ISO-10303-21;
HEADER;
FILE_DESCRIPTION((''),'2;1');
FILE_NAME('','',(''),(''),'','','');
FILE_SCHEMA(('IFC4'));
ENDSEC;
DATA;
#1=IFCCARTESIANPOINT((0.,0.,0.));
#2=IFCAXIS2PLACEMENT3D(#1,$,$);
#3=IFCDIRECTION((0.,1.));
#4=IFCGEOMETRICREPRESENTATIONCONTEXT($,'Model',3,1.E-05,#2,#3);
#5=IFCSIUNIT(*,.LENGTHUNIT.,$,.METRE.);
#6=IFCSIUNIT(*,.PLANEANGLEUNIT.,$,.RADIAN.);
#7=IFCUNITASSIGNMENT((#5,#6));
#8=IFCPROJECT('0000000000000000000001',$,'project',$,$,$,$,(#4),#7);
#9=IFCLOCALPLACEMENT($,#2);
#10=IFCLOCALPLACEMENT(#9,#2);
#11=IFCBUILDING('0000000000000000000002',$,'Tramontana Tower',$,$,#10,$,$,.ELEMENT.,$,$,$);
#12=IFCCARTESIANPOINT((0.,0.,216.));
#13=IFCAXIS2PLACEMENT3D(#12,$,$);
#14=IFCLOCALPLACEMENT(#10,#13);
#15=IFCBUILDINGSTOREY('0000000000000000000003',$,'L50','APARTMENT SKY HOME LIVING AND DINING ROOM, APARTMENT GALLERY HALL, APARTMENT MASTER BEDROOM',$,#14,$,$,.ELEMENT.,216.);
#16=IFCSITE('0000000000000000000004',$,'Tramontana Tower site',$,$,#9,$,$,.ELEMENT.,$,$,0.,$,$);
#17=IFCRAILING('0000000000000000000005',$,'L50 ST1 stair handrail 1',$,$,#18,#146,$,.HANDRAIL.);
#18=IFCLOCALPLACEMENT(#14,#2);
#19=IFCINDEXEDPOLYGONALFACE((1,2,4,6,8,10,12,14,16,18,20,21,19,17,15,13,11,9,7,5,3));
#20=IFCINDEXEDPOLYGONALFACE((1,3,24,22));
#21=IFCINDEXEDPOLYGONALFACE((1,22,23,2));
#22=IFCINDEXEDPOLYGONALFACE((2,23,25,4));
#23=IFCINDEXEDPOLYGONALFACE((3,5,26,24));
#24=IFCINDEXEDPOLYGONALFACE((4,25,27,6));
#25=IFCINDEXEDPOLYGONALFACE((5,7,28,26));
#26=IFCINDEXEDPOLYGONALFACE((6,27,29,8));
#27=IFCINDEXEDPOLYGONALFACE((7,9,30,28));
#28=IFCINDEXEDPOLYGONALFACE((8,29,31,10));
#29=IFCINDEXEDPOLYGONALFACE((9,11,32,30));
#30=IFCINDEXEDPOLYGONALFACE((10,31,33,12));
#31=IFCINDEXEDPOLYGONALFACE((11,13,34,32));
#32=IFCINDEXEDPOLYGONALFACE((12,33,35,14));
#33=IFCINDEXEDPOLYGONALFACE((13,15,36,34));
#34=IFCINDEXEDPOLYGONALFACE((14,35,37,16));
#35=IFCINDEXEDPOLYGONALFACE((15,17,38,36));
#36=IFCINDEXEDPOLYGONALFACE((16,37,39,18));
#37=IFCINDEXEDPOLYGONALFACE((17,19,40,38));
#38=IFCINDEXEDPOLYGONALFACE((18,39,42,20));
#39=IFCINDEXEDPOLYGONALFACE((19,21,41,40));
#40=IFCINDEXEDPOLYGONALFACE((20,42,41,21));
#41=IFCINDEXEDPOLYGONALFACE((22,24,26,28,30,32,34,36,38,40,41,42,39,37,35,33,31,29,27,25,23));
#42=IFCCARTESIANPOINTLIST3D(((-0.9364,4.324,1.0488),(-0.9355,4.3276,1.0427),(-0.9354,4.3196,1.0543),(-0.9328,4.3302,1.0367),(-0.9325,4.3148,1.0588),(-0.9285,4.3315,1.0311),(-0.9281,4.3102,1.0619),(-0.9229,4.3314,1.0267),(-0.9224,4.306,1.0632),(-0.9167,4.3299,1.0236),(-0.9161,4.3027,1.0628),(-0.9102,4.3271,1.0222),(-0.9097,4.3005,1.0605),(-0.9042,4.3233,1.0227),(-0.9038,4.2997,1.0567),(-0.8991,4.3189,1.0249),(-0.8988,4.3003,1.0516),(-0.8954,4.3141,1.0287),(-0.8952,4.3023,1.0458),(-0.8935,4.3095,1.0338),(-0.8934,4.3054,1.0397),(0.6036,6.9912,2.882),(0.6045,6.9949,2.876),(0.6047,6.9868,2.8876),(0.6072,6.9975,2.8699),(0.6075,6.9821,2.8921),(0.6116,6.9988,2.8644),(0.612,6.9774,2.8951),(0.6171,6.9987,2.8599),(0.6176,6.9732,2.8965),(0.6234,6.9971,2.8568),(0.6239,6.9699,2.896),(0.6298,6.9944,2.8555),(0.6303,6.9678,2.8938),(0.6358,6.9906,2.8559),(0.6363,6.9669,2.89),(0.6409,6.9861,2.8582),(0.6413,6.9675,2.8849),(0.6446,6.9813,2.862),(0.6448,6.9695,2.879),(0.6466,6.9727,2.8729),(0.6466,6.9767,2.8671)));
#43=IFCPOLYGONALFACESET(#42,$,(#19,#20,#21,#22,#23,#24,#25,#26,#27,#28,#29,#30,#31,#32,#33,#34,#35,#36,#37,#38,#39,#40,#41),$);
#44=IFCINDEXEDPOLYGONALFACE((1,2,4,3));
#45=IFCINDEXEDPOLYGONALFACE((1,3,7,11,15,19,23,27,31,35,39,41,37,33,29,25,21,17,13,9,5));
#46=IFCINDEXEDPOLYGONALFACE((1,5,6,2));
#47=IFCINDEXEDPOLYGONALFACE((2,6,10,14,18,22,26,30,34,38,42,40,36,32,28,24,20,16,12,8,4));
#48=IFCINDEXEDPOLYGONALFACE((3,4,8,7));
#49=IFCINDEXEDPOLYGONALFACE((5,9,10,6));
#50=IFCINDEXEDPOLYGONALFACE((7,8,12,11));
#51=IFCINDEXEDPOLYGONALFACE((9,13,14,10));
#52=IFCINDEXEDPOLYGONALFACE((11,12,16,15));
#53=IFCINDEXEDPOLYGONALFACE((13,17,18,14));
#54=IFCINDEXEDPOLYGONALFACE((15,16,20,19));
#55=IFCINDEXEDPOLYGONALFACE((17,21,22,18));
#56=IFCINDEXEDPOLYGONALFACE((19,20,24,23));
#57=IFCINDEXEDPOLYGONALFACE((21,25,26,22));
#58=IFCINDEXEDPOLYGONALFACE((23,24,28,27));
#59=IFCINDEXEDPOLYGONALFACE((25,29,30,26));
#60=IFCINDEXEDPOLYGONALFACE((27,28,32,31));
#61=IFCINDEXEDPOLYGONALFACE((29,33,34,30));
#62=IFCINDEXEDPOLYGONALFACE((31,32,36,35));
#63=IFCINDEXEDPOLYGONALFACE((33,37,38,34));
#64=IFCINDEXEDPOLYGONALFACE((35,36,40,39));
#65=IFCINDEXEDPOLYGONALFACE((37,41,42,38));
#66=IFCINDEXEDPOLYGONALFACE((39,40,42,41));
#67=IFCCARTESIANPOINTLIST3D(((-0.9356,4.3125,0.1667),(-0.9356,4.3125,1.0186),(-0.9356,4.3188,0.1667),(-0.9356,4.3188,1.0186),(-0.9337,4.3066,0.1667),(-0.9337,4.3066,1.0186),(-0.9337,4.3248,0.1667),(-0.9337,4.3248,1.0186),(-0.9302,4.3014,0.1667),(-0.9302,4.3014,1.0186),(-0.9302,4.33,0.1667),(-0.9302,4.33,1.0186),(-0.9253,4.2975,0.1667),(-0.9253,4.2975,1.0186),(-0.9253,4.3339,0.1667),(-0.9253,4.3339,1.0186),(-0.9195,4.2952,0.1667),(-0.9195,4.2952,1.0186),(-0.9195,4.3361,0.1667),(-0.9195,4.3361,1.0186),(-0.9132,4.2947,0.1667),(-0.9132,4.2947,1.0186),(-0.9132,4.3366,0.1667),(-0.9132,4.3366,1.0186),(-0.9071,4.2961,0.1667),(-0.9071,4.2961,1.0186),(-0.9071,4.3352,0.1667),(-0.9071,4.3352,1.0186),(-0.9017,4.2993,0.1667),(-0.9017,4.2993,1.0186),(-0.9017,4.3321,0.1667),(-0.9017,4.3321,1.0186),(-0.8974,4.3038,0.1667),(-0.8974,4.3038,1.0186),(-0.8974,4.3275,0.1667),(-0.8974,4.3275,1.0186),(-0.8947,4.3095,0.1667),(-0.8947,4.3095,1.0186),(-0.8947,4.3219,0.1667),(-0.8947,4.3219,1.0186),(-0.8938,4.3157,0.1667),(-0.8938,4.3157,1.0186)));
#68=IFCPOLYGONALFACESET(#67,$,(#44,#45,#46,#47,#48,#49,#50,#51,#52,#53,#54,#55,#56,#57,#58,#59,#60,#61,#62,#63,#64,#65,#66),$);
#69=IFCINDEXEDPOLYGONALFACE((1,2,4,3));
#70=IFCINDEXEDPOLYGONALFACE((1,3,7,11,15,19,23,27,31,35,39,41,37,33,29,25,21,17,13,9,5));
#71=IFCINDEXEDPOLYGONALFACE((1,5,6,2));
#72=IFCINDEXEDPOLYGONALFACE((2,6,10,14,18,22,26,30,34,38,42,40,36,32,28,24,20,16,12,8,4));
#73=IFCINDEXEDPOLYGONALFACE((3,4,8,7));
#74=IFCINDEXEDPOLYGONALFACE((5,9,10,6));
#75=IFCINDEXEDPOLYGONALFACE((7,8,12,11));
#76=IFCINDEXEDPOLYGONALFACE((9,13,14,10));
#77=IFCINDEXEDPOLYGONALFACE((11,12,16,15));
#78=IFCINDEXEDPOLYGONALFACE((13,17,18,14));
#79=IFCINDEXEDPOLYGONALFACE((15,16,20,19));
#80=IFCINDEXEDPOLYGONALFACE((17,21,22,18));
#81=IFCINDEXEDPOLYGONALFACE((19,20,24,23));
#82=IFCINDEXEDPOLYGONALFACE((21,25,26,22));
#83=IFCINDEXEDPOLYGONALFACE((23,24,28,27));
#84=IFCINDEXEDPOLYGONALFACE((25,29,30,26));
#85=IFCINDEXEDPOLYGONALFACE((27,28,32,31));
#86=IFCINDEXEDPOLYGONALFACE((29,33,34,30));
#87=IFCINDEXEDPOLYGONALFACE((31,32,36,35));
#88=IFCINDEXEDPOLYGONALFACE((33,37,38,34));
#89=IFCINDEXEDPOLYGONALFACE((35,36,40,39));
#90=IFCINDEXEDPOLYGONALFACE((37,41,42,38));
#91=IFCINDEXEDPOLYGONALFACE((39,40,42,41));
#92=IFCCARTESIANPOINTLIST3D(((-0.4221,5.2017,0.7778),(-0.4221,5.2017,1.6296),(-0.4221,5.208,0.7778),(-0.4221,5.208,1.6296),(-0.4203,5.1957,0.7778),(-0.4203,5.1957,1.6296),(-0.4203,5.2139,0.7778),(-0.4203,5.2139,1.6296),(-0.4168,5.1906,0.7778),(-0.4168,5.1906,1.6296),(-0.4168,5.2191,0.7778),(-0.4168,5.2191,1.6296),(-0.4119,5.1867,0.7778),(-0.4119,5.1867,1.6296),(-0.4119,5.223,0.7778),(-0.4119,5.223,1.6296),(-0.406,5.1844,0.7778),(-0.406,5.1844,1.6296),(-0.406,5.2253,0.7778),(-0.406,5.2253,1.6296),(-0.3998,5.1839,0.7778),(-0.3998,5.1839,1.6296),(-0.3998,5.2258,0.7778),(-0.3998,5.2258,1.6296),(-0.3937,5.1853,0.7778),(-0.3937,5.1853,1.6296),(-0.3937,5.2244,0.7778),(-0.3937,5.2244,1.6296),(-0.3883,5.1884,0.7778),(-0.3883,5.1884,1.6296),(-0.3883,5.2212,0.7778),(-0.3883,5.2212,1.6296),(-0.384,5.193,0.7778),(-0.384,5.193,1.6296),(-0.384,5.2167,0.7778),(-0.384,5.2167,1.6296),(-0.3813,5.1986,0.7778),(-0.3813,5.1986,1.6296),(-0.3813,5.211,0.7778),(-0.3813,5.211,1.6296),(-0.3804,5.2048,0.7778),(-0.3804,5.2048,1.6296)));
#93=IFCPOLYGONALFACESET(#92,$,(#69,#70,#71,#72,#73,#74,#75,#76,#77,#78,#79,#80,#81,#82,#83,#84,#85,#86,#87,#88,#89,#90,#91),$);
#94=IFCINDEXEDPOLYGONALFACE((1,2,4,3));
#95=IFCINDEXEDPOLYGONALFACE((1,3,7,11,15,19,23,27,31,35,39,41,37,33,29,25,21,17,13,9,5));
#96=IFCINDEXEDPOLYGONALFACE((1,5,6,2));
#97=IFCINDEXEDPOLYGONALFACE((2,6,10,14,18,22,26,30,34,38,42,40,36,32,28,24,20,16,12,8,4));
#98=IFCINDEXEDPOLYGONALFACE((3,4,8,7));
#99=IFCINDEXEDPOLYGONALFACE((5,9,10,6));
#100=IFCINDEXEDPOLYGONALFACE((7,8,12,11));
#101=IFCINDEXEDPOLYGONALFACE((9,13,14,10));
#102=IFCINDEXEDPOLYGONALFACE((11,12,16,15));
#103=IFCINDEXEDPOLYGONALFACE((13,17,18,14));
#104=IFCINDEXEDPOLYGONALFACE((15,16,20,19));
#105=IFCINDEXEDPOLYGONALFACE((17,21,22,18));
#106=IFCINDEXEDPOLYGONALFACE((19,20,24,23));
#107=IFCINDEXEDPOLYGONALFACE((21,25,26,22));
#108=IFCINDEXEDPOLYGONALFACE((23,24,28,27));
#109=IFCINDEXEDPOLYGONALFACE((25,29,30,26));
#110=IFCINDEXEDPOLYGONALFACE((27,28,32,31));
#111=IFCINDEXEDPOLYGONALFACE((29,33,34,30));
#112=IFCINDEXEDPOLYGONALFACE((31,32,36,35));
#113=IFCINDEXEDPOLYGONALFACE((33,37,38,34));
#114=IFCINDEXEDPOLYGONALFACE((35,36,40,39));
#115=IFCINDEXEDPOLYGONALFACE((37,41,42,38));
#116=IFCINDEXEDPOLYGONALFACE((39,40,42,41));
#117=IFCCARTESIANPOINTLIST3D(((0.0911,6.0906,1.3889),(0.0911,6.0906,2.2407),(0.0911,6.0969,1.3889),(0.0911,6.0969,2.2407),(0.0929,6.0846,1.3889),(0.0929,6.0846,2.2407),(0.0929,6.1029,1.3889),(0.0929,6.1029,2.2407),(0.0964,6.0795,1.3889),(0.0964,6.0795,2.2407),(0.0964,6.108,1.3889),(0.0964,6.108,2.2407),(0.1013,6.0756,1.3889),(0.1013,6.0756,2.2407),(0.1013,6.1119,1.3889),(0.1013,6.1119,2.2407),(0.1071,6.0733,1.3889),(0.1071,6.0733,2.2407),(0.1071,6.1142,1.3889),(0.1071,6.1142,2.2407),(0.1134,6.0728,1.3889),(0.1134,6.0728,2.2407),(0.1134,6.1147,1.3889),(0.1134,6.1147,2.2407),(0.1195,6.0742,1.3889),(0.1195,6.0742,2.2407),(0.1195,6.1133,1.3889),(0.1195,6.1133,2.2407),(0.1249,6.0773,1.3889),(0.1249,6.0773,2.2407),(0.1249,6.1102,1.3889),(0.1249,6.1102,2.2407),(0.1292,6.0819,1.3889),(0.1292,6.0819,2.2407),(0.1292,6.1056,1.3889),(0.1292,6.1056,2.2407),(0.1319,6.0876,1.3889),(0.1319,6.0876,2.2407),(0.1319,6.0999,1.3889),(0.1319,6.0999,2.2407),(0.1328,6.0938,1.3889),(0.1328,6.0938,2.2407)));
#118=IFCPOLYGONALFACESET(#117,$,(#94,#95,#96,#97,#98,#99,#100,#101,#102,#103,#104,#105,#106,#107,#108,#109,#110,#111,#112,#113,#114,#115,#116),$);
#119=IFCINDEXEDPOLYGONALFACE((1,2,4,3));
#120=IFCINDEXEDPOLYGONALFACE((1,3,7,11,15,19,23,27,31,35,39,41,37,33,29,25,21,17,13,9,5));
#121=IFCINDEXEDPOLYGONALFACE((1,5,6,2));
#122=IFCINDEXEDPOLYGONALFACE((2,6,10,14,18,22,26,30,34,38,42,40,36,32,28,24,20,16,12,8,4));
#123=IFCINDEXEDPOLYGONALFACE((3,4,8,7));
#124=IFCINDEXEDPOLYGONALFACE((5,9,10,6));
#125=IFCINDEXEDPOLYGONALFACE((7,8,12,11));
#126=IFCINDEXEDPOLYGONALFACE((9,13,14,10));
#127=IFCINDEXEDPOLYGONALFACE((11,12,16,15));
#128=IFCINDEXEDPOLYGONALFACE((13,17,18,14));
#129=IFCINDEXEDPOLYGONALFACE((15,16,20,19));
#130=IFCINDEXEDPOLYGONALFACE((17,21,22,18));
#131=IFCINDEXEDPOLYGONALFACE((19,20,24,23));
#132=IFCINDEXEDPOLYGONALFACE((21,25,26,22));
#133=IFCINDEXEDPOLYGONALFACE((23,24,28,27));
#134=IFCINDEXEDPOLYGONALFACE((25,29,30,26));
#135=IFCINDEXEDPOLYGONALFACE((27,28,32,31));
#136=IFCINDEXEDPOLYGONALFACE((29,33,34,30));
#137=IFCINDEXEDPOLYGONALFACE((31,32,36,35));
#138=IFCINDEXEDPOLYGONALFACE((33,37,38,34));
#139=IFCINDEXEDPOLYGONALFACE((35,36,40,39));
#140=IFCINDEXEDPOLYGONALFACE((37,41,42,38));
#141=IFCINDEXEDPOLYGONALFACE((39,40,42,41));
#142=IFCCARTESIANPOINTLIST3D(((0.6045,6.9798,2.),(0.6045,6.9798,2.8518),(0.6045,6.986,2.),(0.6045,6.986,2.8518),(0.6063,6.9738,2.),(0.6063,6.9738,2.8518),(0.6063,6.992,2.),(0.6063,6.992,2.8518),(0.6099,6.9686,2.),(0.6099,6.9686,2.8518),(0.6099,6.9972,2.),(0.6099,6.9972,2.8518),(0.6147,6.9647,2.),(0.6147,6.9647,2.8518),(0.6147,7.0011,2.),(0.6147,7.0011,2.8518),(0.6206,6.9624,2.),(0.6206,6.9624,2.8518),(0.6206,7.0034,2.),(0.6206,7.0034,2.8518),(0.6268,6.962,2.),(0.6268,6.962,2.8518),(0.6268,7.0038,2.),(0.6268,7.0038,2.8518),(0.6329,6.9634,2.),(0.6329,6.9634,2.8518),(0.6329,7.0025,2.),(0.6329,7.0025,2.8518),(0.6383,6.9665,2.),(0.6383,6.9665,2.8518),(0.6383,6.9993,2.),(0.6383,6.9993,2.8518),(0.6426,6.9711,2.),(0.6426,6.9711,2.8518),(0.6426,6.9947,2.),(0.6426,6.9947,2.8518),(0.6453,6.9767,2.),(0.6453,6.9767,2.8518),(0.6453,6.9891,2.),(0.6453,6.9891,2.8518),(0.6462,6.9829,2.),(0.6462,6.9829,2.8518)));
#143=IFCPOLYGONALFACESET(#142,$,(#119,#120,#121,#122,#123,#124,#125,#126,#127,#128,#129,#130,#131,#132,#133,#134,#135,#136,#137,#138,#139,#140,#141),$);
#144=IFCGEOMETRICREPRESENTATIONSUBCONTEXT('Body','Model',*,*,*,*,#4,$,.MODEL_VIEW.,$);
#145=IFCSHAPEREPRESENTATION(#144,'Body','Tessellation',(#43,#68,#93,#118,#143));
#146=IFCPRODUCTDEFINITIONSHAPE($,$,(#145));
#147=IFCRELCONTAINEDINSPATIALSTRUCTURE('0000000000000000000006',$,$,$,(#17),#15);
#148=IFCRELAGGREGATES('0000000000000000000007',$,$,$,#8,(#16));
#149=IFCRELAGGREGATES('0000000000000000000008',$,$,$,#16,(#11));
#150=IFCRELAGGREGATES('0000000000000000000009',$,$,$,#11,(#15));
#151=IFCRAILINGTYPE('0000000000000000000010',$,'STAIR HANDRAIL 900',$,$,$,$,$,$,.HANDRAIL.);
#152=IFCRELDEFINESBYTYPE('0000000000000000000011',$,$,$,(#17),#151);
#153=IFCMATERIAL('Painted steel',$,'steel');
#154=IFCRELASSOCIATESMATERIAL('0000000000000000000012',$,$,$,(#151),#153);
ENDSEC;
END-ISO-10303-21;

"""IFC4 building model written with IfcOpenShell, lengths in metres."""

from ifc_helpers import new_model, si_unit, direction, frame, origin, origin_2d, place, context, subcontext, project, spatial, circle, extrude, material, type_object, element, save


model = new_model("IFC4")

# Units and contexts
model_context = context("Model", 3, precision=1e-05, world=origin(), true_north=direction((0.0, 1.0)))
body_context = subcontext(model_context, "Body", "Model", "MODEL_VIEW")
ifc_project = project(units=[si_unit("LENGTHUNIT", "METRE"), si_unit("PLANEANGLEUNIT", "RADIAN")], contexts=[model_context])

# Site, building, storey
site_placement = place(None, origin())
site = spatial("IfcSite", under=ifc_project, at=site_placement, Name="Tramontana Tower site", CompositionType="ELEMENT", RefElevation=0.0)
building_placement = place(site_placement, origin())
building = spatial("IfcBuilding", under=site, at=building_placement, Name="Tramontana Tower", CompositionType="ELEMENT")
storey_placement = place(building_placement, frame((0.0, 0.0, 216.0)))
storey = spatial("IfcBuildingStorey", under=building, at=storey_placement, Name="L50", Description="APARTMENT SKY HOME LIVING AND DINING ROOM, APARTMENT GALLERY HALL, APARTMENT MASTER BEDROOM", CompositionType="ELEMENT", Elevation=216.0)

# Railing
ifc_material_1 = material(Name="Painted steel", Category="steel")
railing_type_1 = type_object("IfcRailingType", Name="STAIR HANDRAIL 900", PredefinedType="HANDRAIL", material=ifc_material_1)
railing_1_placement = place(storey_placement, frame((-0.9148, 4.3157, 0.1667)))
element("IfcRailing", 1, at=railing_1_placement, inside=storey, type_object=railing_type_1, Name="L50 ST1 stair handrail 1", PredefinedType="HANDRAIL", context=body_context, shape_type="SweptSolid", body=[
    extrude(circle(Radius=0.0239, at=origin_2d()), frame((0.0, 0.0, 0.876), z_axis=(0.429671, 0.744159, 0.511478), x_axis=(-0.86601, 0.500027, 0.0)), (0.0, 0.0, 1.0), 3.5842),
    extrude(circle(Radius=0.021, at=origin_2d()), origin(), (0.0, 0.0, 1.0), 0.8518),
    extrude(circle(Radius=0.021, at=origin_2d()), frame((0.5134, 0.8892, 0.6111)), (0.0, 0.0, 1.0), 0.8518),
    extrude(circle(Radius=0.021, at=origin_2d()), frame((1.0266, 1.7781, 1.2222)), (0.0, 0.0, 1.0), 0.8518),
    extrude(circle(Radius=0.021, at=origin_2d()), frame((1.54, 2.6672, 1.8333)), (0.0, 0.0, 1.0), 0.8518),
])

save(model, "model.ifc")
